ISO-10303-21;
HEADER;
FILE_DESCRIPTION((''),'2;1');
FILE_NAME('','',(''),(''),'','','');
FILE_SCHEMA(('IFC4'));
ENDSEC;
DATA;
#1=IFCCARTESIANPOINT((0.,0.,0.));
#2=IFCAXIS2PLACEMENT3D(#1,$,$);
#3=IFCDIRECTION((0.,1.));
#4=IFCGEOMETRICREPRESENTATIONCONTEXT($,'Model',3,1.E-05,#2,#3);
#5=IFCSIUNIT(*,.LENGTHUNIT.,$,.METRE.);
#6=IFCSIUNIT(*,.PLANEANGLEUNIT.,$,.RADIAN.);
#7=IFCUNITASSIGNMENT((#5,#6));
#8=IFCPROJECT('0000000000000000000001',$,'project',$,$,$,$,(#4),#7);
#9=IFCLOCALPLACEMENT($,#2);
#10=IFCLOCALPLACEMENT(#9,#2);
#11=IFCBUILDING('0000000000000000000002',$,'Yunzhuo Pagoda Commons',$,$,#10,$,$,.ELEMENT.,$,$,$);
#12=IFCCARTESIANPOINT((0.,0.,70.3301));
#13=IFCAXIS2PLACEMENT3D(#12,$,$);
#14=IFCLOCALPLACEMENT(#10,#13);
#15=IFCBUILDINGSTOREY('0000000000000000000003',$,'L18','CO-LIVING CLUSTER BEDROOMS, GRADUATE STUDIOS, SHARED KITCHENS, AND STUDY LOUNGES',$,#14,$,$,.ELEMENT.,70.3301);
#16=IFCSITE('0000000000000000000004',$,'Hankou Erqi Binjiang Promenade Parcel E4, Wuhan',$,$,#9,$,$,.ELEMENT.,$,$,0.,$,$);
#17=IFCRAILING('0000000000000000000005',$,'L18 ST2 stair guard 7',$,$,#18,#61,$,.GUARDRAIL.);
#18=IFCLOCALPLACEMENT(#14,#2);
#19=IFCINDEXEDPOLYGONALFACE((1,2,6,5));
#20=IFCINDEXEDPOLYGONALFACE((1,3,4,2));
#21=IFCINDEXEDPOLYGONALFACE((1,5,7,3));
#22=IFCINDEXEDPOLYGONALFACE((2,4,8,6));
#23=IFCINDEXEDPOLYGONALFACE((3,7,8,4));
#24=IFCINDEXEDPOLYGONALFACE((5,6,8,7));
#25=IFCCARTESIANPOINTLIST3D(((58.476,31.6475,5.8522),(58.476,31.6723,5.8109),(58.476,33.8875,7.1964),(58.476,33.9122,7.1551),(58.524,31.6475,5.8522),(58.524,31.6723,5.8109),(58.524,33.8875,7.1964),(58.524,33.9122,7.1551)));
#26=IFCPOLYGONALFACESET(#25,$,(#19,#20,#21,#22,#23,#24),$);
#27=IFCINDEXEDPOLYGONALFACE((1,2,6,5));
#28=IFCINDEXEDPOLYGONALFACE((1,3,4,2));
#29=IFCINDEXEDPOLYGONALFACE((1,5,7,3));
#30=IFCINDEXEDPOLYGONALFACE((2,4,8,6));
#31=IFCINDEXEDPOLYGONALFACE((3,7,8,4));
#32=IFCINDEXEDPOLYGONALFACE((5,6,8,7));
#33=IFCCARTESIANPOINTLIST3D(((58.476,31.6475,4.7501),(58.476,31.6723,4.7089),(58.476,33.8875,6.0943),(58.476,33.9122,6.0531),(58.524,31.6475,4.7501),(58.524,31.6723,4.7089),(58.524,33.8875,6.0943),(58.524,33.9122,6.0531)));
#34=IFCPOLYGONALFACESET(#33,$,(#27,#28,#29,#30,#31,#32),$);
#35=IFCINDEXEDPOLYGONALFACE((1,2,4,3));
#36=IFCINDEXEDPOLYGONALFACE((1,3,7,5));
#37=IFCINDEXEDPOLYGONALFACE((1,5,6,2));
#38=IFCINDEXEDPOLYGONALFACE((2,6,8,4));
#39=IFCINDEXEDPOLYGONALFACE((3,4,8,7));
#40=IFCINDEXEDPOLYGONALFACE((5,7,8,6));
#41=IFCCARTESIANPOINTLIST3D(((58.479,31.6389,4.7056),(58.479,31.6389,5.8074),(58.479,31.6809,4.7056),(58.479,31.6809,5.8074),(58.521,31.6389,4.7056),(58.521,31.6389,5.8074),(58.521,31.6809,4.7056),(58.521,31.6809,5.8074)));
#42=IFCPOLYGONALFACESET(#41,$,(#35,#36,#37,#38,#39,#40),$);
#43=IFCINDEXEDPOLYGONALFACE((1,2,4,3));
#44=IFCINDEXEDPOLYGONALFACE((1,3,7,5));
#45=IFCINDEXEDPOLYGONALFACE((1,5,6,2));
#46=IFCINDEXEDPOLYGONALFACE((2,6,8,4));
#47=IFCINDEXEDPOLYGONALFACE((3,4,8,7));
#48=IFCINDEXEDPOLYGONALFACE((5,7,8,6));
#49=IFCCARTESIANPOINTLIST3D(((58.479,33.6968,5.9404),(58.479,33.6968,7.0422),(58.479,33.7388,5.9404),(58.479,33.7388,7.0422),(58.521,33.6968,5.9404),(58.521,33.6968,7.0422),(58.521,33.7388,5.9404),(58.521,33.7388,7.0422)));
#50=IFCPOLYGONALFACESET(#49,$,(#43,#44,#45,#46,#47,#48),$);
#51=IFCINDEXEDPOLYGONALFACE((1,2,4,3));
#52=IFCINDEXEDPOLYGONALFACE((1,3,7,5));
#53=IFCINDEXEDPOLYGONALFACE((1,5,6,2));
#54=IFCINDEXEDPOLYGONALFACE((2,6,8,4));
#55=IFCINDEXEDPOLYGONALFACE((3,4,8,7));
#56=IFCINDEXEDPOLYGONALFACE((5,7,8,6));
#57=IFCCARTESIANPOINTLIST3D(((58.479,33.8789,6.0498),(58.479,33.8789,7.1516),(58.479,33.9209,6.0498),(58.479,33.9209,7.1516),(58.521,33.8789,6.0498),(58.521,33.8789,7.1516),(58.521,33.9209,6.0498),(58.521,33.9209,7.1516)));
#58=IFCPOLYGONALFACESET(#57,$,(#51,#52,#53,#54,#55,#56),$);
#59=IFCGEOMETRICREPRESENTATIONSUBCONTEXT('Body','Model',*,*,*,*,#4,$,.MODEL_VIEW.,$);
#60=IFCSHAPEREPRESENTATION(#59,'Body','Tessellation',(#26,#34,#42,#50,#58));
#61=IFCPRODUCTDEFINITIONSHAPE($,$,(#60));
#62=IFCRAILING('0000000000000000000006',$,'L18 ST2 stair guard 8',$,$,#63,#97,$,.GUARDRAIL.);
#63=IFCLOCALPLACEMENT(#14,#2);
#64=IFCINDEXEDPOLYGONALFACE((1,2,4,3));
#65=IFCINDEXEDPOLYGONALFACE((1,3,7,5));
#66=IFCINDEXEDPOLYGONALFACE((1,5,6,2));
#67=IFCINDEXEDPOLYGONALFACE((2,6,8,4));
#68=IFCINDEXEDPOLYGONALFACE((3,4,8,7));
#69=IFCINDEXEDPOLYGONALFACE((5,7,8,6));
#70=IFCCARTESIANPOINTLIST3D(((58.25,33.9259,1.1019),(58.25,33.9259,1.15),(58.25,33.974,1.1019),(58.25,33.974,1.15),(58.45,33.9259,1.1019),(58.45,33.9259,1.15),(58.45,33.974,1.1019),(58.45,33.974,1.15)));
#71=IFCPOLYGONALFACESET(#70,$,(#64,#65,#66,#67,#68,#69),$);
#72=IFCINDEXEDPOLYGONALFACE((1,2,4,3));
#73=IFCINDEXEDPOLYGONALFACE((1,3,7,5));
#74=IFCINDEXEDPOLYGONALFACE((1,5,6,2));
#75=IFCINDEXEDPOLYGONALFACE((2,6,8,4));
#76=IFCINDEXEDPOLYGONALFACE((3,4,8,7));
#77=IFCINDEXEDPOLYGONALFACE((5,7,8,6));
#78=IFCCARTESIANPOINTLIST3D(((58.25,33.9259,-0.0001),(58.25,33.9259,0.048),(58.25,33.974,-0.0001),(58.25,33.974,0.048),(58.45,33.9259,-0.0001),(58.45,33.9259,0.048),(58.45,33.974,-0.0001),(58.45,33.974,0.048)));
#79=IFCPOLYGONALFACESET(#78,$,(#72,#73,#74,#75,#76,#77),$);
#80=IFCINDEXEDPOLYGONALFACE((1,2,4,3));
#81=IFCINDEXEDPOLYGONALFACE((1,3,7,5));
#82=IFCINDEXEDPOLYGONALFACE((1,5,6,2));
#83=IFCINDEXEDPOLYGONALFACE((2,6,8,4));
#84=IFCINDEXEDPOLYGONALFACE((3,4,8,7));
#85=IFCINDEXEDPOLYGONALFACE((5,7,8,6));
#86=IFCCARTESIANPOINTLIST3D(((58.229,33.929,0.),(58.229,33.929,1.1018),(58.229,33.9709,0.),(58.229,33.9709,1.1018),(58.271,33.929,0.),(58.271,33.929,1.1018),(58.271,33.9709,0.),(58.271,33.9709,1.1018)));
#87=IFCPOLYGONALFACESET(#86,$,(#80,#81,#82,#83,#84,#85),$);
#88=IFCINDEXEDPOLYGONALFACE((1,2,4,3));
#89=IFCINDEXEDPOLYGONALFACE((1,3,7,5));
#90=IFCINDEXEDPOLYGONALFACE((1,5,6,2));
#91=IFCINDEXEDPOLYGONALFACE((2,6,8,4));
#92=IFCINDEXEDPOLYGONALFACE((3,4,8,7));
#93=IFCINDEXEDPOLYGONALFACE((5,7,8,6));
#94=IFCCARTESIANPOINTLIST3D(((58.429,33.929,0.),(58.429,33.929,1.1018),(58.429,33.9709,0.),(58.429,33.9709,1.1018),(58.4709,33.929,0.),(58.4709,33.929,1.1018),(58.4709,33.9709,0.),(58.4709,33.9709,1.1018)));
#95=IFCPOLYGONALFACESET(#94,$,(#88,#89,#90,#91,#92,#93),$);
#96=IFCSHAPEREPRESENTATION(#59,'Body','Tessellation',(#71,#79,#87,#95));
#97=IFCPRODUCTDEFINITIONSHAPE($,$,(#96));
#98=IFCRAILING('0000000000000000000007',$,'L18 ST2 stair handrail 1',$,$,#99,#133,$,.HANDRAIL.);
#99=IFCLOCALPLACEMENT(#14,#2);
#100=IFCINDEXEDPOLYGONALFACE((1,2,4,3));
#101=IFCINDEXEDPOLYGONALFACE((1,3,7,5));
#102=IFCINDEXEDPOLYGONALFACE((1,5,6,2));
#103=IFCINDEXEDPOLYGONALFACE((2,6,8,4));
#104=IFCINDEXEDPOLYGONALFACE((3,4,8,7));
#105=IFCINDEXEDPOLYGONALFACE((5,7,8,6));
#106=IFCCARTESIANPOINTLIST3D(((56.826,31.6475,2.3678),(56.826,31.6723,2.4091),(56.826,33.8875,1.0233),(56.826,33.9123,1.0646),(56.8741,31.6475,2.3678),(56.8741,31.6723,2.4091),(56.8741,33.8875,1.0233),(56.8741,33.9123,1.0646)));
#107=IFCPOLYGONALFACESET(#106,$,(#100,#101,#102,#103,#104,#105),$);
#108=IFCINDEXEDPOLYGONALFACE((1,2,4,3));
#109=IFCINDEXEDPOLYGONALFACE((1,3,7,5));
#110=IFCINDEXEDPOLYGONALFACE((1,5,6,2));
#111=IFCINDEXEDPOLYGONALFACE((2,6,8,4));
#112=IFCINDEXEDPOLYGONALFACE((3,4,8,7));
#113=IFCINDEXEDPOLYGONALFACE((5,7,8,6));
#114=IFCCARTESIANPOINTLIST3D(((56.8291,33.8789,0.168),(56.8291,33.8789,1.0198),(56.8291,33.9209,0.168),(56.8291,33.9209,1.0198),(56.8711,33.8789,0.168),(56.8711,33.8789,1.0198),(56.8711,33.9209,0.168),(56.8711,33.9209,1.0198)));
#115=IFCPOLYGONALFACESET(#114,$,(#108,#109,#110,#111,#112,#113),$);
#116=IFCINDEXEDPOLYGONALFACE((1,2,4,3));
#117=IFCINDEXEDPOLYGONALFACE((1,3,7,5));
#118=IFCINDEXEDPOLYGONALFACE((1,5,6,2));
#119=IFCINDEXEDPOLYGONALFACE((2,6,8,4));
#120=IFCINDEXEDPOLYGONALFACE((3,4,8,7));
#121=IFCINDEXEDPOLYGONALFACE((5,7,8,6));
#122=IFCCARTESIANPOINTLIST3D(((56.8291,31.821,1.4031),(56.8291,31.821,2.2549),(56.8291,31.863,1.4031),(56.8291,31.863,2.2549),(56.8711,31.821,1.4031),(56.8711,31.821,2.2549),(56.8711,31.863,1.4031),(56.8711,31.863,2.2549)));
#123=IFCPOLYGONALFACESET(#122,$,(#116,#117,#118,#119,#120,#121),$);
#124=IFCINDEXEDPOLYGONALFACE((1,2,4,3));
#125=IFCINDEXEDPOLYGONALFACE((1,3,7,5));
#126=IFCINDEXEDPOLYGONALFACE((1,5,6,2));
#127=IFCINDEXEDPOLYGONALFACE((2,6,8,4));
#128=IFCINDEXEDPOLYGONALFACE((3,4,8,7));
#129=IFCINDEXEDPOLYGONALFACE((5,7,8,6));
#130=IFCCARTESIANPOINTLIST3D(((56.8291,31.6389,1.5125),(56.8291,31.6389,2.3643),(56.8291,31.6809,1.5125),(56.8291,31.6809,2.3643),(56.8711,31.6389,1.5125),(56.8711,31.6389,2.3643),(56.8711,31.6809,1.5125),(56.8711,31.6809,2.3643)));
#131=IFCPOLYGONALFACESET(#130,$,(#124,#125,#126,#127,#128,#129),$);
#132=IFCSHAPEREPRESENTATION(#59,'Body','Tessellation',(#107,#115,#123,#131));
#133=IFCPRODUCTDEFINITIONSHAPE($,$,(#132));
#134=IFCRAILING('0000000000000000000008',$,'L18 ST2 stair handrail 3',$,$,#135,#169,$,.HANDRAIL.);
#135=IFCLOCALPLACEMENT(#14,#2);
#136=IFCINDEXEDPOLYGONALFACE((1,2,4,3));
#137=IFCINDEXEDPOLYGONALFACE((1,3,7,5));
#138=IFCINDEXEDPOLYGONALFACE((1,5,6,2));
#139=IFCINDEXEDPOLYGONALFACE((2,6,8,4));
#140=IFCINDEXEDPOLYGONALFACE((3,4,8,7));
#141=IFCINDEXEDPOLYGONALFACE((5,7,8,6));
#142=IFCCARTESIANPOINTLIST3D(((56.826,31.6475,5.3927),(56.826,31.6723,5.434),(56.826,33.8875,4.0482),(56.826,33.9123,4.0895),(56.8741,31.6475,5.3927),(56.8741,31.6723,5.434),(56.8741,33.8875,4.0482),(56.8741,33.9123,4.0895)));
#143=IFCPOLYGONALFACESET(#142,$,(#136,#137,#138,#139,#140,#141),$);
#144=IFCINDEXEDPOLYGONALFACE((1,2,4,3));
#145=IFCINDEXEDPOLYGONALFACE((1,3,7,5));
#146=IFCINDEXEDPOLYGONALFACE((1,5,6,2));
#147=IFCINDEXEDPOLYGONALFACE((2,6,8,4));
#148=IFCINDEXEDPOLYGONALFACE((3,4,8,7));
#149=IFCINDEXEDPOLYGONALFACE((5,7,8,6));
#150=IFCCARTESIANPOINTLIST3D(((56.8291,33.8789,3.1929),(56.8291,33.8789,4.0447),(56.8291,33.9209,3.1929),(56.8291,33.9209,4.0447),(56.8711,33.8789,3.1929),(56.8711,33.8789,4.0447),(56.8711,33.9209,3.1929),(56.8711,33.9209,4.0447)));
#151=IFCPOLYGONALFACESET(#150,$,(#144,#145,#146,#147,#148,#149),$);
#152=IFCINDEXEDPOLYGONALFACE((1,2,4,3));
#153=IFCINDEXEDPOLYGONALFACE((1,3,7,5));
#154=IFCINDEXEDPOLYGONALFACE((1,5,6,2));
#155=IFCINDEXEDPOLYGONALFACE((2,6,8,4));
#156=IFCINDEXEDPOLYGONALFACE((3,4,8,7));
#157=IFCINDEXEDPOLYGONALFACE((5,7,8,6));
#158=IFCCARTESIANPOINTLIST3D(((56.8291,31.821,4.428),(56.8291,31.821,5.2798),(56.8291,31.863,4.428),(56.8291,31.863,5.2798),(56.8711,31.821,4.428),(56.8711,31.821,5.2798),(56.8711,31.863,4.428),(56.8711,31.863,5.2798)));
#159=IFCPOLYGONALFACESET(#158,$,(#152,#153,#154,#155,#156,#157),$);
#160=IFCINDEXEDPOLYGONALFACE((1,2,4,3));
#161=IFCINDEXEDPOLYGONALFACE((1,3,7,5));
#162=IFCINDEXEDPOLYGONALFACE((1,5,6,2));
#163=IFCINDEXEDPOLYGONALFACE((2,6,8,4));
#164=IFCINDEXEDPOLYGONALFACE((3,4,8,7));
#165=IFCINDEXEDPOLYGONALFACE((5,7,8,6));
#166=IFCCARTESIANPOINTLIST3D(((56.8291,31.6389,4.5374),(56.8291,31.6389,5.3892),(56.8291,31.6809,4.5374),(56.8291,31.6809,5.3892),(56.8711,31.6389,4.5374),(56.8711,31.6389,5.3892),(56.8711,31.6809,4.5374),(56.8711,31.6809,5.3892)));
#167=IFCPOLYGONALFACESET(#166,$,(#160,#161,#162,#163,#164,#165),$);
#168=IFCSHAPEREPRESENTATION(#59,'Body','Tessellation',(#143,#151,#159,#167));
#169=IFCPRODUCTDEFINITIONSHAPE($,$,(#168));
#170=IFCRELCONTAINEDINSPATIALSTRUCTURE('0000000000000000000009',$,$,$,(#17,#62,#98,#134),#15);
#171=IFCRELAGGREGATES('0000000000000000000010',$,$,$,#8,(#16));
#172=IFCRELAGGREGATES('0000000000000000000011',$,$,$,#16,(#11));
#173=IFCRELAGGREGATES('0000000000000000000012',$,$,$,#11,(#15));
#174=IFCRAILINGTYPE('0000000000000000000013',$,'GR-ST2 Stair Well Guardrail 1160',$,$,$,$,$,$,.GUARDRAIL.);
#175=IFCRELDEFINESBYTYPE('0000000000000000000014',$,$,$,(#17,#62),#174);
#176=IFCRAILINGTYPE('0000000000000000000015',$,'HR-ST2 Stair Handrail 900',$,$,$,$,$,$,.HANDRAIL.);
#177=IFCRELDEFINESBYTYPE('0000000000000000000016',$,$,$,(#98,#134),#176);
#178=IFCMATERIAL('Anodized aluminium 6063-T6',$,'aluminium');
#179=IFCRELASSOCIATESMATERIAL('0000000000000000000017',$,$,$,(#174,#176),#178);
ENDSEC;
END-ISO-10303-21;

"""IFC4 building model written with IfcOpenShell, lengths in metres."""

from ifc_helpers import new_model, si_unit, direction, frame, origin, origin_2d, place, context, subcontext, project, spatial, rectangle, extrude, material, type_object, element, save


model = new_model("IFC4")

# Units and contexts
model_context = context("Model", 3, precision=1e-05, world=origin(), true_north=direction((0.0, 1.0)))
body_context = subcontext(model_context, "Body", "Model", "MODEL_VIEW")
ifc_project = project(units=[si_unit("LENGTHUNIT", "METRE"), si_unit("PLANEANGLEUNIT", "RADIAN")], contexts=[model_context])

# Site, building, storey
site_placement = place(None, origin())
site = spatial("IfcSite", under=ifc_project, at=site_placement, Name="Hankou Erqi Binjiang Promenade Parcel E4, Wuhan", CompositionType="ELEMENT", RefElevation=0.0)
building_placement = place(site_placement, origin())
building = spatial("IfcBuilding", under=site, at=building_placement, Name="Yunzhuo Pagoda Commons", CompositionType="ELEMENT")
storey_placement = place(building_placement, frame((0.0, 0.0, 70.3301)))
storey = spatial("IfcBuildingStorey", under=building, at=storey_placement, Name="L18", Description="CO-LIVING CLUSTER BEDROOMS, GRADUATE STUDIOS, SHARED KITCHENS, AND STUDY LOUNGES", CompositionType="ELEMENT", Elevation=70.3301)

# Railings
ifc_material_1 = material(Name="Anodized aluminium 6063-T6", Category="aluminium")
railing_type_1 = type_object("IfcRailingType", Name="GR-ST2 Stair Well Guardrail 1160", PredefinedType="GUARDRAIL", material=ifc_material_1)
railing_1_placement = place(storey_placement, frame((58.5, 31.6599, 4.7056)))
element("IfcRailing", 1, at=railing_1_placement, inside=storey, type_object=railing_type_1, Name="L18 ST2 stair guard 7", PredefinedType="GUARDRAIL", context=body_context, shape_type="SweptSolid", body=[
    extrude(rectangle(XDim=0.0481, YDim=0.0481, at=origin_2d()), frame((0.0, 0.0, 1.126), z_axis=(0.0, 0.857452, 0.514564), x_axis=(-1.0, 0.0, 0.0)), (0.0, 0.0, 1.0), 2.6123),
    extrude(rectangle(XDim=0.0481, YDim=0.0481, at=origin_2d()), frame((0.0, 0.0, 0.0239), z_axis=(0.0, 0.857452, 0.514564), x_axis=(-1.0, 0.0, 0.0)), (0.0, 0.0, 1.0), 2.6123),
    extrude(rectangle(XDim=0.042, YDim=0.042, at=origin_2d()), origin(), (0.0, 0.0, 1.0), 1.1018),
    extrude(rectangle(XDim=0.042, YDim=0.042, at=origin_2d()), frame((0.0, 2.0579, 1.2349)), (0.0, 0.0, 1.0), 1.1018),
    extrude(rectangle(XDim=0.042, YDim=0.042, at=origin_2d()), frame((0.0, 2.24, 1.3442)), (0.0, 0.0, 1.0), 1.1018),
])
railing_2_placement = place(storey_placement, frame((58.25, 33.95, 0.0)))
element("IfcRailing", 2, at=railing_2_placement, inside=storey, type_object=railing_type_1, Name="L18 ST2 stair guard 8", PredefinedType="GUARDRAIL", context=body_context, shape_type="SweptSolid", body=[
    extrude(rectangle(XDim=0.0481, YDim=0.0481, at=origin_2d()), frame((0.0, 0.0, 1.126), z_axis=(1.0, 0.0, 0.0), x_axis=(0.0, 1.0, 0.0)), (0.0, 0.0, 1.0), 0.2),
    extrude(rectangle(XDim=0.0481, YDim=0.0481, at=origin_2d()), frame((0.0, 0.0, 0.0239), z_axis=(1.0, 0.0, 0.0), x_axis=(0.0, 1.0, 0.0)), (0.0, 0.0, 1.0), 0.2),
    extrude(rectangle(XDim=0.042, YDim=0.042, at=origin_2d()), origin(), (0.0, 0.0, 1.0), 1.1018),
    extrude(rectangle(XDim=0.042, YDim=0.042, at=origin_2d()), frame((0.2, 0.0, 0.0)), (0.0, 0.0, 1.0), 1.1018),
])
railing_type_2 = type_object("IfcRailingType", Name="HR-ST2 Stair Handrail 900", PredefinedType="HANDRAIL", material=ifc_material_1)
for number, where, name in (
    (3, (56.8501, 33.8999, 0.168), "L18 ST2 stair handrail 1"),
    (4, (56.8501, 33.8999, 3.1929), "L18 ST2 stair handrail 3"),
):
    element("IfcRailing", number, at=place(storey_placement, frame(where)), inside=storey, type_object=railing_type_2, Name=name, PredefinedType="HANDRAIL", context=body_context, shape_type="SweptSolid", body=[
        extrude(rectangle(XDim=0.0481, YDim=0.0481, at=origin_2d()), frame((0.0, 0.0, 0.876), z_axis=(0.0, -0.85741, 0.514633), x_axis=(1.0, 0.0, 0.0)), (0.0, 0.0, 1.0), 2.6125),
        extrude(rectangle(XDim=0.042, YDim=0.042, at=origin_2d()), origin(), (0.0, 0.0, 1.0), 0.8518),
        extrude(rectangle(XDim=0.042, YDim=0.042, at=origin_2d()), frame((0.0, -2.0579, 1.2351)), (0.0, 0.0, 1.0), 0.8518),
        extrude(rectangle(XDim=0.042, YDim=0.042, at=origin_2d()), frame((0.0, -2.24, 1.3445)), (0.0, 0.0, 1.0), 0.8518),
    ])

save(model, "model.ifc")
